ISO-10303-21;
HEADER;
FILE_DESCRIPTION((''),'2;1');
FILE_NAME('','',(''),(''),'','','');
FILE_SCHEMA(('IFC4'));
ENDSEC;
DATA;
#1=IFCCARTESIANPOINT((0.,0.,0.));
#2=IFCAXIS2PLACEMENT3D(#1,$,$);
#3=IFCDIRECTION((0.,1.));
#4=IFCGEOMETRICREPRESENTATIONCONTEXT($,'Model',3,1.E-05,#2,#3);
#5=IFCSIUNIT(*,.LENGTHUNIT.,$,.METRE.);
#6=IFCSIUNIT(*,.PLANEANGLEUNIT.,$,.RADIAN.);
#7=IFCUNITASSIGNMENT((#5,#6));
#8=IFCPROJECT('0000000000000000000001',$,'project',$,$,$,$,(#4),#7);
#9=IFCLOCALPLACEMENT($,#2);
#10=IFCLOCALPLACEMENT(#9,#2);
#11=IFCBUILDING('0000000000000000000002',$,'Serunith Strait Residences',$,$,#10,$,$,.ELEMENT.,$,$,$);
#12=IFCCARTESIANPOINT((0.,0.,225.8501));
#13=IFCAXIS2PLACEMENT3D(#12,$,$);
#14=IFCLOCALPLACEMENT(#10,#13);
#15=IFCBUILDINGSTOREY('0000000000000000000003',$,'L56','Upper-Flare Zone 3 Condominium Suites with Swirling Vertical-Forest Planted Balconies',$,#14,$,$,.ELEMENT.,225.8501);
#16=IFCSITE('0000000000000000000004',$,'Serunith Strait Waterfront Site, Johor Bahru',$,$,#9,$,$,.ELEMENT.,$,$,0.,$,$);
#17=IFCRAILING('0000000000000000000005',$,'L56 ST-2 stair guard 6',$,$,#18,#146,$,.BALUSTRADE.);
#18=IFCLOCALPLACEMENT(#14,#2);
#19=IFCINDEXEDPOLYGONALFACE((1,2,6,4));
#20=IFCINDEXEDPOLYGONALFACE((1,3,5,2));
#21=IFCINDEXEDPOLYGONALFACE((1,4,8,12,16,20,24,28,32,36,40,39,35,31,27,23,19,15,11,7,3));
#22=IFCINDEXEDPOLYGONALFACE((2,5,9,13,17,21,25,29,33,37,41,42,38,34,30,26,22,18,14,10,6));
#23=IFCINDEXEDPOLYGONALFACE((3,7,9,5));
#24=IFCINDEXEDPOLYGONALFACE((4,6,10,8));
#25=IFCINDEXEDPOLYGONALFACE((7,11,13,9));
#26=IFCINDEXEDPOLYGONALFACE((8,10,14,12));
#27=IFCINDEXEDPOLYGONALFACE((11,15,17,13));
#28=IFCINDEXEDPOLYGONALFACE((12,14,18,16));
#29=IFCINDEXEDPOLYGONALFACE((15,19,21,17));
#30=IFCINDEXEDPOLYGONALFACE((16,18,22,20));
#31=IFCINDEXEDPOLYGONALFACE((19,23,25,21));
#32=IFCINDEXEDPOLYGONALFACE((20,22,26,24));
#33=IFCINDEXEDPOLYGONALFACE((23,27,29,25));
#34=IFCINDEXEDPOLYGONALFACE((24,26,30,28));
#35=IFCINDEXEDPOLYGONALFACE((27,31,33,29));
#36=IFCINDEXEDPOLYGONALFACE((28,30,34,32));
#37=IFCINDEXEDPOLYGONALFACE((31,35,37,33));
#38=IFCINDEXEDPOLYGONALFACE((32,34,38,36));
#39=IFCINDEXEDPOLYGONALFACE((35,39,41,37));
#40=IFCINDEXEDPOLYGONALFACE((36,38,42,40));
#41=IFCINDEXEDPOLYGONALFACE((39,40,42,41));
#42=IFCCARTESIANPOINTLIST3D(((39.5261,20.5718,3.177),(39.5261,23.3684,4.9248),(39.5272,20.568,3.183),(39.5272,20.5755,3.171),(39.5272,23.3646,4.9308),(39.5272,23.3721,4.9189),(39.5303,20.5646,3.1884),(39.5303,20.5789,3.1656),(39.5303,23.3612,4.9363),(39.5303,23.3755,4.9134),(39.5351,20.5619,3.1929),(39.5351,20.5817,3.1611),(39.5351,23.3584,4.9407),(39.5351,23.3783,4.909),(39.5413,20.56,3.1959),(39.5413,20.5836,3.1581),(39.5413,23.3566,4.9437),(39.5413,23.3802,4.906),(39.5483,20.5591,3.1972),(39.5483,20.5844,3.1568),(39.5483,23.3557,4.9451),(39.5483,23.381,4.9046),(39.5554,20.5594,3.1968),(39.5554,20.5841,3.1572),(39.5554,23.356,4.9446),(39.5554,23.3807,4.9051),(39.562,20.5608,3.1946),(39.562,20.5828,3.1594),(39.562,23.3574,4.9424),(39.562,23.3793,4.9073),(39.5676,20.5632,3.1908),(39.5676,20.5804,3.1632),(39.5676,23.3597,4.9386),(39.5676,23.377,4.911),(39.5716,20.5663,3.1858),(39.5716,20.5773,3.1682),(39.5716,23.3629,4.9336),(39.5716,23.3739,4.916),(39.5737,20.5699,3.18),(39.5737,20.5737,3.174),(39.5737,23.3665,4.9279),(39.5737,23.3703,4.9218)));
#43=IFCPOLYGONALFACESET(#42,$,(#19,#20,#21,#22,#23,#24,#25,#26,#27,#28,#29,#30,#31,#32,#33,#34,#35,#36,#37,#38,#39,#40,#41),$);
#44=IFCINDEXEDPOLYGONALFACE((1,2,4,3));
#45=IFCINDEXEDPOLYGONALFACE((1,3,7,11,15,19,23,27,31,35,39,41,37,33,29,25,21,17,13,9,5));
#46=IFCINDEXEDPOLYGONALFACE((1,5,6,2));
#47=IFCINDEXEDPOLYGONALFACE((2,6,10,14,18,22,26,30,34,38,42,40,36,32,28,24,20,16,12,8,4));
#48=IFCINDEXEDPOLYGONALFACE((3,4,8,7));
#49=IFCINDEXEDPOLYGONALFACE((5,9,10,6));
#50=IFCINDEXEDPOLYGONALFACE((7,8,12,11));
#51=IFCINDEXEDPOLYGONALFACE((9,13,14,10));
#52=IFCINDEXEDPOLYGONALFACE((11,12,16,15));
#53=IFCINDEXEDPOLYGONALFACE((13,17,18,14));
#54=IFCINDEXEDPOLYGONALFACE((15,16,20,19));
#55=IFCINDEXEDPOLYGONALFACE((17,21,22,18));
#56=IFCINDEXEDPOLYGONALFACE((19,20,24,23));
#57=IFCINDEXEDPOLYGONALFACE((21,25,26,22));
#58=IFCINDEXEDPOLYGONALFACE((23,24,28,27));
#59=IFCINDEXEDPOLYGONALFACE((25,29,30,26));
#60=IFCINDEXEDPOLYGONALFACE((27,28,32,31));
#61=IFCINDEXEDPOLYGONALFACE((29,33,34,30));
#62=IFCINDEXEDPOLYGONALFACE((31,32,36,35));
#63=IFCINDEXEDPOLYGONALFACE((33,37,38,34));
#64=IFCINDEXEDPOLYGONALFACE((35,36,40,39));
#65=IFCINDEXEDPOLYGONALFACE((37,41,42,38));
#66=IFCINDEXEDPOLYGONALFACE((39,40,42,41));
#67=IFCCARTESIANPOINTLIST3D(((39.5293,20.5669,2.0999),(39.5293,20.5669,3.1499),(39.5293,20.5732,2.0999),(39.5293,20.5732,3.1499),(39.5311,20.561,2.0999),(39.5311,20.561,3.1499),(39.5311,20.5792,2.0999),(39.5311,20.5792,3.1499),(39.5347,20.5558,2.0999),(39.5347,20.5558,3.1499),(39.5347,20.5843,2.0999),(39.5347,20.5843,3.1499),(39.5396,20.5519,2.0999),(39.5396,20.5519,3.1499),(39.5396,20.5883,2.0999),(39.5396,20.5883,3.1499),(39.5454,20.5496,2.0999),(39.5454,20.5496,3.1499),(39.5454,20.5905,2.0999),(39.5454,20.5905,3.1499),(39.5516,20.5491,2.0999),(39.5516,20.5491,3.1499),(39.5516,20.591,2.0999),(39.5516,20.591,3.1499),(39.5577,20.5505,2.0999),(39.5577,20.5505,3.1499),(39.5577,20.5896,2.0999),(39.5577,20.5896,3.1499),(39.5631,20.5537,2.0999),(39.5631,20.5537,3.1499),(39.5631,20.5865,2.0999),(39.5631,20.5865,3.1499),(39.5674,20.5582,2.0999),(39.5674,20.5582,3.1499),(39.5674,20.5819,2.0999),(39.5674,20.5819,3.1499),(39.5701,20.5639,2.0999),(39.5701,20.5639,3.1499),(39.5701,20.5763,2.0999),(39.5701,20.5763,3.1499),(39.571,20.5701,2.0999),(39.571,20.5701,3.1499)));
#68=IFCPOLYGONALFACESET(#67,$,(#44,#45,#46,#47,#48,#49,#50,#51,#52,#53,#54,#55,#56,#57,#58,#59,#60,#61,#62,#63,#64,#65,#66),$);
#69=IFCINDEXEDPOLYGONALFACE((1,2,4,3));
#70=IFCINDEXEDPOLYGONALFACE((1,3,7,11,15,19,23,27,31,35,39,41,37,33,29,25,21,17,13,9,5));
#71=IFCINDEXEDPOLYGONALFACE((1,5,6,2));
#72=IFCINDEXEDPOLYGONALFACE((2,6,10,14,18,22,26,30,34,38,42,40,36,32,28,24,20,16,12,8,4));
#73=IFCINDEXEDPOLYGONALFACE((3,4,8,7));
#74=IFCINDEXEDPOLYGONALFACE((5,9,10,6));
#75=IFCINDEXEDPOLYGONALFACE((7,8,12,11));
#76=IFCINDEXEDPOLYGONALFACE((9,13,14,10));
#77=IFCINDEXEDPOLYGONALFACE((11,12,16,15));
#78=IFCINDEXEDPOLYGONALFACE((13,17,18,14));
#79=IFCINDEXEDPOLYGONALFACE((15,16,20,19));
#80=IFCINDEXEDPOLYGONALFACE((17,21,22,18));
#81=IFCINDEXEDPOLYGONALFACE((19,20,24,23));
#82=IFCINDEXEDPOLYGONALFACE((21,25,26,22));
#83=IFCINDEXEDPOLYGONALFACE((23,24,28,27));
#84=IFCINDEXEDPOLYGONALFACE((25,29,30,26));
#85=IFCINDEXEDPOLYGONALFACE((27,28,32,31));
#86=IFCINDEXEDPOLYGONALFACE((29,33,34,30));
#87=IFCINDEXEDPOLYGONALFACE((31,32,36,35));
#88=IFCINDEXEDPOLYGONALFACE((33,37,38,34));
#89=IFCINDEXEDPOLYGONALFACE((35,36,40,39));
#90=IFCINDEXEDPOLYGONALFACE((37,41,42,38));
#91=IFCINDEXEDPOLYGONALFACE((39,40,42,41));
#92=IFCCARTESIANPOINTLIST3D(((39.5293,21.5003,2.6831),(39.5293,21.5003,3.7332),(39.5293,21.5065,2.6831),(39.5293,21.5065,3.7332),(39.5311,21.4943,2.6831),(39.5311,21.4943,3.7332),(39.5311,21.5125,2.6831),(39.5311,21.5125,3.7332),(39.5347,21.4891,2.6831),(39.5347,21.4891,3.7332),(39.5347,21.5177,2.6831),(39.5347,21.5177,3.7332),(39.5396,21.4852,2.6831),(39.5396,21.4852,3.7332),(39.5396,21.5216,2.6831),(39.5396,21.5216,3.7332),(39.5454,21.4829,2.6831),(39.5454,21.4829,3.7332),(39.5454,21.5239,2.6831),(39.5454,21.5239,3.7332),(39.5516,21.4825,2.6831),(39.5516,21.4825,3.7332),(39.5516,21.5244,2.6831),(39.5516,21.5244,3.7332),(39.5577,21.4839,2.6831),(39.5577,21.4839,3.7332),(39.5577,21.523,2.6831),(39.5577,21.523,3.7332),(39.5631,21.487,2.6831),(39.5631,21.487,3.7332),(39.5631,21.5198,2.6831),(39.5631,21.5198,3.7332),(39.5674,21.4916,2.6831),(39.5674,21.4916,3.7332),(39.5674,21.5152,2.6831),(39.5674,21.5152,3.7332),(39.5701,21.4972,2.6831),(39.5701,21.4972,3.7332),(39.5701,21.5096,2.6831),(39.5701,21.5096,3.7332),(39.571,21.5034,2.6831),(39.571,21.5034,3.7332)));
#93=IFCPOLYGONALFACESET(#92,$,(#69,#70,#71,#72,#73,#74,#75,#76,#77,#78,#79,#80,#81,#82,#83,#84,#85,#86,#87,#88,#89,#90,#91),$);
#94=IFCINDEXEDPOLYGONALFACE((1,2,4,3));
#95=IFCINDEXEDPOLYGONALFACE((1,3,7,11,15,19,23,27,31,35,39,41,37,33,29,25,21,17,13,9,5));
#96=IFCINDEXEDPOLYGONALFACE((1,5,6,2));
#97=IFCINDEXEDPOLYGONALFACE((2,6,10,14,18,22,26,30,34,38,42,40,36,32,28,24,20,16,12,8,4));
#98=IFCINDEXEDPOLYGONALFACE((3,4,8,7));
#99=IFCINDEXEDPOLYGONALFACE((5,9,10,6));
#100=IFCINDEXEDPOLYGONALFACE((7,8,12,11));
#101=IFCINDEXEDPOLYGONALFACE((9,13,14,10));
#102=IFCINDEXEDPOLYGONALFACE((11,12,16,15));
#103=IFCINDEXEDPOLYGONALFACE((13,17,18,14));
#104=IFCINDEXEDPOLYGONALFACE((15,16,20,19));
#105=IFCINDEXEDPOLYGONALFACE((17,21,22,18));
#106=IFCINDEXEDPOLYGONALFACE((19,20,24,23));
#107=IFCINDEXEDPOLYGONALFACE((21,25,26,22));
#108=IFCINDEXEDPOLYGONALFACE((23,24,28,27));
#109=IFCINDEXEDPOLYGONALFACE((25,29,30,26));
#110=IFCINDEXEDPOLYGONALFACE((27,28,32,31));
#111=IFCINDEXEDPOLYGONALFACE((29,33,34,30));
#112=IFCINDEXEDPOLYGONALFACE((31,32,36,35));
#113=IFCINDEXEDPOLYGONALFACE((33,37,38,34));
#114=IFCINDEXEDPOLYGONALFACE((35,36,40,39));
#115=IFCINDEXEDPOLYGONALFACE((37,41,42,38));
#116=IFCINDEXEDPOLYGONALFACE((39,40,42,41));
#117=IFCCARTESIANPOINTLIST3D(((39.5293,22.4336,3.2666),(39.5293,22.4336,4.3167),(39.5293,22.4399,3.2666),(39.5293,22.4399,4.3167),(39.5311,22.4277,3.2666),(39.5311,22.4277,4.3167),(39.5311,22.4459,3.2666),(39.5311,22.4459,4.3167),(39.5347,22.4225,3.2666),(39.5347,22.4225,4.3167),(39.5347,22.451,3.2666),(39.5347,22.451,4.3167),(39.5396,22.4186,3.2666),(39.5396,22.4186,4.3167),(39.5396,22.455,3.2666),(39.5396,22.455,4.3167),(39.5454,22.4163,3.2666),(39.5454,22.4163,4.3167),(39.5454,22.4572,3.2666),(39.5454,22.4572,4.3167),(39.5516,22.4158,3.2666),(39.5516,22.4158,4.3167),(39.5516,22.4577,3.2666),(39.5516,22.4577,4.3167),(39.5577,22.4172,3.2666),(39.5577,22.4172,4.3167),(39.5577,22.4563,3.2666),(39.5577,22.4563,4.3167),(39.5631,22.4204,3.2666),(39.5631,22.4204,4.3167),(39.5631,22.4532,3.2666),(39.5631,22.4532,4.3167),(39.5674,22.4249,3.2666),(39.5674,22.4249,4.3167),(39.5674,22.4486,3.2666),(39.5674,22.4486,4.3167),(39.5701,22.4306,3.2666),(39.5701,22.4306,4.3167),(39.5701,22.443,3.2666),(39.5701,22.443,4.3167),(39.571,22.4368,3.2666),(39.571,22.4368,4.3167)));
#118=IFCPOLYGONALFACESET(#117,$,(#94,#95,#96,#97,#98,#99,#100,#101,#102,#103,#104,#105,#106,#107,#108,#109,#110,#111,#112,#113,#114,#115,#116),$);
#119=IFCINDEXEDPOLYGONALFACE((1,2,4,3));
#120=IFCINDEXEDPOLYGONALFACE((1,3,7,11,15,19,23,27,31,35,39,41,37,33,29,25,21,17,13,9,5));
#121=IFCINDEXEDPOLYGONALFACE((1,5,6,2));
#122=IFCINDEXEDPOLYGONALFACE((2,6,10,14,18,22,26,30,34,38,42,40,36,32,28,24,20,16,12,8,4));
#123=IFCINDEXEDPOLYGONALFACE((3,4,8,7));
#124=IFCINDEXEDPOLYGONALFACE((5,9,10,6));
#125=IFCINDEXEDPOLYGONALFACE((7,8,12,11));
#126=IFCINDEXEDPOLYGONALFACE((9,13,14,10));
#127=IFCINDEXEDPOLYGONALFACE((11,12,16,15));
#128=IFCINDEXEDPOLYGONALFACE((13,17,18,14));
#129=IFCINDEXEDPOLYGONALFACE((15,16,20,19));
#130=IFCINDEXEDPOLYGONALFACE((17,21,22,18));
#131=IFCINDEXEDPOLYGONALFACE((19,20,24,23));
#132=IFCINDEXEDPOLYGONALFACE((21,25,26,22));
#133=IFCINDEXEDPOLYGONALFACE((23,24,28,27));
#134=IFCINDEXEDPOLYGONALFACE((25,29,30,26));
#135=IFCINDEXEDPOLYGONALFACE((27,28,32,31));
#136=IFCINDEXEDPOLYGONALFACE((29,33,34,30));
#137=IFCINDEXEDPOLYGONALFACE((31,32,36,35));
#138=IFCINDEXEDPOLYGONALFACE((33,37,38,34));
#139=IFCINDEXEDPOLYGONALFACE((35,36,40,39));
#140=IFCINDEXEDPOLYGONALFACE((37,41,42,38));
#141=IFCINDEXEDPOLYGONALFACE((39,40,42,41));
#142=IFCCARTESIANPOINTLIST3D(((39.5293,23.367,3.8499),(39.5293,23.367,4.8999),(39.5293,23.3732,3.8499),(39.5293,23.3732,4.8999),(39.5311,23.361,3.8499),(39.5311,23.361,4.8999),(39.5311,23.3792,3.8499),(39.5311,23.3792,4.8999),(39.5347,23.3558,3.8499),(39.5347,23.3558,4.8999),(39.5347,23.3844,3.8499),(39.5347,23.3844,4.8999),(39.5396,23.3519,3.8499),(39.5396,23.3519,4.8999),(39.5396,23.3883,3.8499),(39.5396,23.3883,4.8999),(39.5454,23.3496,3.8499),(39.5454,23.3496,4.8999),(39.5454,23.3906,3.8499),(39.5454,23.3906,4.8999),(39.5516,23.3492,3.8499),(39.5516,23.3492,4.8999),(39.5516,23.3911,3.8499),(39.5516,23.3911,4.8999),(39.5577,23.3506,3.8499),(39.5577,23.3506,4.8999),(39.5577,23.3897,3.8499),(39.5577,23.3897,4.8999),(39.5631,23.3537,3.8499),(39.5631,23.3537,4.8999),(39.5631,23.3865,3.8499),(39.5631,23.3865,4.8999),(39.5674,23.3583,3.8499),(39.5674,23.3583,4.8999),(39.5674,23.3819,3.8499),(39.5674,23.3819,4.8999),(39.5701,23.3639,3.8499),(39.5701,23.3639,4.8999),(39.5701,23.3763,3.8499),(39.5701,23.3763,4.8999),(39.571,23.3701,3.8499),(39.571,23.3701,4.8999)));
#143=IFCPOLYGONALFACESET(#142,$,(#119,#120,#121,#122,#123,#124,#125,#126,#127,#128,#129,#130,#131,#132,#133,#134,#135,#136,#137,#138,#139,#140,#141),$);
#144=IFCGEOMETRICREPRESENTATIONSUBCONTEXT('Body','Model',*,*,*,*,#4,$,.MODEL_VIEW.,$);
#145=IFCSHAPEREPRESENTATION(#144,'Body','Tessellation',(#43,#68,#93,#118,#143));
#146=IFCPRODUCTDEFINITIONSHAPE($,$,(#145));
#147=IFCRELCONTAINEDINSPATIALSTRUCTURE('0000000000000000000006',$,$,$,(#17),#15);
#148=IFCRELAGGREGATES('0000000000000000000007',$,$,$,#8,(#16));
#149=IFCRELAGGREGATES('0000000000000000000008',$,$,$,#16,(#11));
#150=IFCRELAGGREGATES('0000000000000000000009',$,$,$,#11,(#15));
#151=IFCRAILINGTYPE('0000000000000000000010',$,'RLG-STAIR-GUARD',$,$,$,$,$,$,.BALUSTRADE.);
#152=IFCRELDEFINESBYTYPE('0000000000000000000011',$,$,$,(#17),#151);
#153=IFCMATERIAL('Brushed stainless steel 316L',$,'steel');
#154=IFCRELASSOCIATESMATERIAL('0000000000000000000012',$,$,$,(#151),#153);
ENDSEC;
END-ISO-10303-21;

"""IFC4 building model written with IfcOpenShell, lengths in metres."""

from ifc_helpers import new_model, si_unit, direction, frame, origin, origin_2d, place, context, subcontext, project, spatial, circle, extrude, material, type_object, element, save


model = new_model("IFC4")

# Units and contexts
model_context = context("Model", 3, precision=1e-05, world=origin(), true_north=direction((0.0, 1.0)))
body_context = subcontext(model_context, "Body", "Model", "MODEL_VIEW")
ifc_project = project(units=[si_unit("LENGTHUNIT", "METRE"), si_unit("PLANEANGLEUNIT", "RADIAN")], contexts=[model_context])

# Site, building, storey
site_placement = place(None, origin())
site = spatial("IfcSite", under=ifc_project, at=site_placement, Name="Serunith Strait Waterfront Site, Johor Bahru", CompositionType="ELEMENT", RefElevation=0.0)
building_placement = place(site_placement, origin())
building = spatial("IfcBuilding", under=site, at=building_placement, Name="Serunith Strait Residences", CompositionType="ELEMENT")
storey_placement = place(building_placement, frame((0.0, 0.0, 225.8501)))
storey = spatial("IfcBuildingStorey", under=building, at=storey_placement, Name="L56", Description="Upper-Flare Zone 3 Condominium Suites with Swirling Vertical-Forest Planted Balconies", CompositionType="ELEMENT", Elevation=225.8501)

# Railing
ifc_material_1 = material(Name="Brushed stainless steel 316L", Category="steel")
railing_type_1 = type_object("IfcRailingType", Name="RLG-STAIR-GUARD", PredefinedType="BALUSTRADE", material=ifc_material_1)
railing_1_placement = place(storey_placement, frame((39.55, 20.5701, 2.0999)))
element("IfcRailing", 1, at=railing_1_placement, inside=storey, type_object=railing_type_1, Name="L56 ST-2 stair guard 6", PredefinedType="BALUSTRADE", context=body_context, shape_type="SweptSolid", body=[
    extrude(circle(Radius=0.0239, at=origin_2d()), frame((0.0, 0.0017, 1.0771), z_axis=(0.0, 0.848002, 0.529992), x_axis=(-1.0, 0.0, 0.0)), (0.0, 0.0, 1.0), 3.2979),
    extrude(circle(Radius=0.021, at=origin_2d()), origin(), (0.0, 0.0, 1.0), 1.05),
    extrude(circle(Radius=0.021, at=origin_2d()), frame((0.0, 0.9333, 0.5833)), (0.0, 0.0, 1.0), 1.05),
    extrude(circle(Radius=0.021, at=origin_2d()), frame((0.0, 1.8667, 1.1667)), (0.0, 0.0, 1.0), 1.05),
    extrude(circle(Radius=0.021, at=origin_2d()), frame((0.0, 2.8, 1.75)), (0.0, 0.0, 1.0), 1.05),
])

save(model, "model.ifc")
